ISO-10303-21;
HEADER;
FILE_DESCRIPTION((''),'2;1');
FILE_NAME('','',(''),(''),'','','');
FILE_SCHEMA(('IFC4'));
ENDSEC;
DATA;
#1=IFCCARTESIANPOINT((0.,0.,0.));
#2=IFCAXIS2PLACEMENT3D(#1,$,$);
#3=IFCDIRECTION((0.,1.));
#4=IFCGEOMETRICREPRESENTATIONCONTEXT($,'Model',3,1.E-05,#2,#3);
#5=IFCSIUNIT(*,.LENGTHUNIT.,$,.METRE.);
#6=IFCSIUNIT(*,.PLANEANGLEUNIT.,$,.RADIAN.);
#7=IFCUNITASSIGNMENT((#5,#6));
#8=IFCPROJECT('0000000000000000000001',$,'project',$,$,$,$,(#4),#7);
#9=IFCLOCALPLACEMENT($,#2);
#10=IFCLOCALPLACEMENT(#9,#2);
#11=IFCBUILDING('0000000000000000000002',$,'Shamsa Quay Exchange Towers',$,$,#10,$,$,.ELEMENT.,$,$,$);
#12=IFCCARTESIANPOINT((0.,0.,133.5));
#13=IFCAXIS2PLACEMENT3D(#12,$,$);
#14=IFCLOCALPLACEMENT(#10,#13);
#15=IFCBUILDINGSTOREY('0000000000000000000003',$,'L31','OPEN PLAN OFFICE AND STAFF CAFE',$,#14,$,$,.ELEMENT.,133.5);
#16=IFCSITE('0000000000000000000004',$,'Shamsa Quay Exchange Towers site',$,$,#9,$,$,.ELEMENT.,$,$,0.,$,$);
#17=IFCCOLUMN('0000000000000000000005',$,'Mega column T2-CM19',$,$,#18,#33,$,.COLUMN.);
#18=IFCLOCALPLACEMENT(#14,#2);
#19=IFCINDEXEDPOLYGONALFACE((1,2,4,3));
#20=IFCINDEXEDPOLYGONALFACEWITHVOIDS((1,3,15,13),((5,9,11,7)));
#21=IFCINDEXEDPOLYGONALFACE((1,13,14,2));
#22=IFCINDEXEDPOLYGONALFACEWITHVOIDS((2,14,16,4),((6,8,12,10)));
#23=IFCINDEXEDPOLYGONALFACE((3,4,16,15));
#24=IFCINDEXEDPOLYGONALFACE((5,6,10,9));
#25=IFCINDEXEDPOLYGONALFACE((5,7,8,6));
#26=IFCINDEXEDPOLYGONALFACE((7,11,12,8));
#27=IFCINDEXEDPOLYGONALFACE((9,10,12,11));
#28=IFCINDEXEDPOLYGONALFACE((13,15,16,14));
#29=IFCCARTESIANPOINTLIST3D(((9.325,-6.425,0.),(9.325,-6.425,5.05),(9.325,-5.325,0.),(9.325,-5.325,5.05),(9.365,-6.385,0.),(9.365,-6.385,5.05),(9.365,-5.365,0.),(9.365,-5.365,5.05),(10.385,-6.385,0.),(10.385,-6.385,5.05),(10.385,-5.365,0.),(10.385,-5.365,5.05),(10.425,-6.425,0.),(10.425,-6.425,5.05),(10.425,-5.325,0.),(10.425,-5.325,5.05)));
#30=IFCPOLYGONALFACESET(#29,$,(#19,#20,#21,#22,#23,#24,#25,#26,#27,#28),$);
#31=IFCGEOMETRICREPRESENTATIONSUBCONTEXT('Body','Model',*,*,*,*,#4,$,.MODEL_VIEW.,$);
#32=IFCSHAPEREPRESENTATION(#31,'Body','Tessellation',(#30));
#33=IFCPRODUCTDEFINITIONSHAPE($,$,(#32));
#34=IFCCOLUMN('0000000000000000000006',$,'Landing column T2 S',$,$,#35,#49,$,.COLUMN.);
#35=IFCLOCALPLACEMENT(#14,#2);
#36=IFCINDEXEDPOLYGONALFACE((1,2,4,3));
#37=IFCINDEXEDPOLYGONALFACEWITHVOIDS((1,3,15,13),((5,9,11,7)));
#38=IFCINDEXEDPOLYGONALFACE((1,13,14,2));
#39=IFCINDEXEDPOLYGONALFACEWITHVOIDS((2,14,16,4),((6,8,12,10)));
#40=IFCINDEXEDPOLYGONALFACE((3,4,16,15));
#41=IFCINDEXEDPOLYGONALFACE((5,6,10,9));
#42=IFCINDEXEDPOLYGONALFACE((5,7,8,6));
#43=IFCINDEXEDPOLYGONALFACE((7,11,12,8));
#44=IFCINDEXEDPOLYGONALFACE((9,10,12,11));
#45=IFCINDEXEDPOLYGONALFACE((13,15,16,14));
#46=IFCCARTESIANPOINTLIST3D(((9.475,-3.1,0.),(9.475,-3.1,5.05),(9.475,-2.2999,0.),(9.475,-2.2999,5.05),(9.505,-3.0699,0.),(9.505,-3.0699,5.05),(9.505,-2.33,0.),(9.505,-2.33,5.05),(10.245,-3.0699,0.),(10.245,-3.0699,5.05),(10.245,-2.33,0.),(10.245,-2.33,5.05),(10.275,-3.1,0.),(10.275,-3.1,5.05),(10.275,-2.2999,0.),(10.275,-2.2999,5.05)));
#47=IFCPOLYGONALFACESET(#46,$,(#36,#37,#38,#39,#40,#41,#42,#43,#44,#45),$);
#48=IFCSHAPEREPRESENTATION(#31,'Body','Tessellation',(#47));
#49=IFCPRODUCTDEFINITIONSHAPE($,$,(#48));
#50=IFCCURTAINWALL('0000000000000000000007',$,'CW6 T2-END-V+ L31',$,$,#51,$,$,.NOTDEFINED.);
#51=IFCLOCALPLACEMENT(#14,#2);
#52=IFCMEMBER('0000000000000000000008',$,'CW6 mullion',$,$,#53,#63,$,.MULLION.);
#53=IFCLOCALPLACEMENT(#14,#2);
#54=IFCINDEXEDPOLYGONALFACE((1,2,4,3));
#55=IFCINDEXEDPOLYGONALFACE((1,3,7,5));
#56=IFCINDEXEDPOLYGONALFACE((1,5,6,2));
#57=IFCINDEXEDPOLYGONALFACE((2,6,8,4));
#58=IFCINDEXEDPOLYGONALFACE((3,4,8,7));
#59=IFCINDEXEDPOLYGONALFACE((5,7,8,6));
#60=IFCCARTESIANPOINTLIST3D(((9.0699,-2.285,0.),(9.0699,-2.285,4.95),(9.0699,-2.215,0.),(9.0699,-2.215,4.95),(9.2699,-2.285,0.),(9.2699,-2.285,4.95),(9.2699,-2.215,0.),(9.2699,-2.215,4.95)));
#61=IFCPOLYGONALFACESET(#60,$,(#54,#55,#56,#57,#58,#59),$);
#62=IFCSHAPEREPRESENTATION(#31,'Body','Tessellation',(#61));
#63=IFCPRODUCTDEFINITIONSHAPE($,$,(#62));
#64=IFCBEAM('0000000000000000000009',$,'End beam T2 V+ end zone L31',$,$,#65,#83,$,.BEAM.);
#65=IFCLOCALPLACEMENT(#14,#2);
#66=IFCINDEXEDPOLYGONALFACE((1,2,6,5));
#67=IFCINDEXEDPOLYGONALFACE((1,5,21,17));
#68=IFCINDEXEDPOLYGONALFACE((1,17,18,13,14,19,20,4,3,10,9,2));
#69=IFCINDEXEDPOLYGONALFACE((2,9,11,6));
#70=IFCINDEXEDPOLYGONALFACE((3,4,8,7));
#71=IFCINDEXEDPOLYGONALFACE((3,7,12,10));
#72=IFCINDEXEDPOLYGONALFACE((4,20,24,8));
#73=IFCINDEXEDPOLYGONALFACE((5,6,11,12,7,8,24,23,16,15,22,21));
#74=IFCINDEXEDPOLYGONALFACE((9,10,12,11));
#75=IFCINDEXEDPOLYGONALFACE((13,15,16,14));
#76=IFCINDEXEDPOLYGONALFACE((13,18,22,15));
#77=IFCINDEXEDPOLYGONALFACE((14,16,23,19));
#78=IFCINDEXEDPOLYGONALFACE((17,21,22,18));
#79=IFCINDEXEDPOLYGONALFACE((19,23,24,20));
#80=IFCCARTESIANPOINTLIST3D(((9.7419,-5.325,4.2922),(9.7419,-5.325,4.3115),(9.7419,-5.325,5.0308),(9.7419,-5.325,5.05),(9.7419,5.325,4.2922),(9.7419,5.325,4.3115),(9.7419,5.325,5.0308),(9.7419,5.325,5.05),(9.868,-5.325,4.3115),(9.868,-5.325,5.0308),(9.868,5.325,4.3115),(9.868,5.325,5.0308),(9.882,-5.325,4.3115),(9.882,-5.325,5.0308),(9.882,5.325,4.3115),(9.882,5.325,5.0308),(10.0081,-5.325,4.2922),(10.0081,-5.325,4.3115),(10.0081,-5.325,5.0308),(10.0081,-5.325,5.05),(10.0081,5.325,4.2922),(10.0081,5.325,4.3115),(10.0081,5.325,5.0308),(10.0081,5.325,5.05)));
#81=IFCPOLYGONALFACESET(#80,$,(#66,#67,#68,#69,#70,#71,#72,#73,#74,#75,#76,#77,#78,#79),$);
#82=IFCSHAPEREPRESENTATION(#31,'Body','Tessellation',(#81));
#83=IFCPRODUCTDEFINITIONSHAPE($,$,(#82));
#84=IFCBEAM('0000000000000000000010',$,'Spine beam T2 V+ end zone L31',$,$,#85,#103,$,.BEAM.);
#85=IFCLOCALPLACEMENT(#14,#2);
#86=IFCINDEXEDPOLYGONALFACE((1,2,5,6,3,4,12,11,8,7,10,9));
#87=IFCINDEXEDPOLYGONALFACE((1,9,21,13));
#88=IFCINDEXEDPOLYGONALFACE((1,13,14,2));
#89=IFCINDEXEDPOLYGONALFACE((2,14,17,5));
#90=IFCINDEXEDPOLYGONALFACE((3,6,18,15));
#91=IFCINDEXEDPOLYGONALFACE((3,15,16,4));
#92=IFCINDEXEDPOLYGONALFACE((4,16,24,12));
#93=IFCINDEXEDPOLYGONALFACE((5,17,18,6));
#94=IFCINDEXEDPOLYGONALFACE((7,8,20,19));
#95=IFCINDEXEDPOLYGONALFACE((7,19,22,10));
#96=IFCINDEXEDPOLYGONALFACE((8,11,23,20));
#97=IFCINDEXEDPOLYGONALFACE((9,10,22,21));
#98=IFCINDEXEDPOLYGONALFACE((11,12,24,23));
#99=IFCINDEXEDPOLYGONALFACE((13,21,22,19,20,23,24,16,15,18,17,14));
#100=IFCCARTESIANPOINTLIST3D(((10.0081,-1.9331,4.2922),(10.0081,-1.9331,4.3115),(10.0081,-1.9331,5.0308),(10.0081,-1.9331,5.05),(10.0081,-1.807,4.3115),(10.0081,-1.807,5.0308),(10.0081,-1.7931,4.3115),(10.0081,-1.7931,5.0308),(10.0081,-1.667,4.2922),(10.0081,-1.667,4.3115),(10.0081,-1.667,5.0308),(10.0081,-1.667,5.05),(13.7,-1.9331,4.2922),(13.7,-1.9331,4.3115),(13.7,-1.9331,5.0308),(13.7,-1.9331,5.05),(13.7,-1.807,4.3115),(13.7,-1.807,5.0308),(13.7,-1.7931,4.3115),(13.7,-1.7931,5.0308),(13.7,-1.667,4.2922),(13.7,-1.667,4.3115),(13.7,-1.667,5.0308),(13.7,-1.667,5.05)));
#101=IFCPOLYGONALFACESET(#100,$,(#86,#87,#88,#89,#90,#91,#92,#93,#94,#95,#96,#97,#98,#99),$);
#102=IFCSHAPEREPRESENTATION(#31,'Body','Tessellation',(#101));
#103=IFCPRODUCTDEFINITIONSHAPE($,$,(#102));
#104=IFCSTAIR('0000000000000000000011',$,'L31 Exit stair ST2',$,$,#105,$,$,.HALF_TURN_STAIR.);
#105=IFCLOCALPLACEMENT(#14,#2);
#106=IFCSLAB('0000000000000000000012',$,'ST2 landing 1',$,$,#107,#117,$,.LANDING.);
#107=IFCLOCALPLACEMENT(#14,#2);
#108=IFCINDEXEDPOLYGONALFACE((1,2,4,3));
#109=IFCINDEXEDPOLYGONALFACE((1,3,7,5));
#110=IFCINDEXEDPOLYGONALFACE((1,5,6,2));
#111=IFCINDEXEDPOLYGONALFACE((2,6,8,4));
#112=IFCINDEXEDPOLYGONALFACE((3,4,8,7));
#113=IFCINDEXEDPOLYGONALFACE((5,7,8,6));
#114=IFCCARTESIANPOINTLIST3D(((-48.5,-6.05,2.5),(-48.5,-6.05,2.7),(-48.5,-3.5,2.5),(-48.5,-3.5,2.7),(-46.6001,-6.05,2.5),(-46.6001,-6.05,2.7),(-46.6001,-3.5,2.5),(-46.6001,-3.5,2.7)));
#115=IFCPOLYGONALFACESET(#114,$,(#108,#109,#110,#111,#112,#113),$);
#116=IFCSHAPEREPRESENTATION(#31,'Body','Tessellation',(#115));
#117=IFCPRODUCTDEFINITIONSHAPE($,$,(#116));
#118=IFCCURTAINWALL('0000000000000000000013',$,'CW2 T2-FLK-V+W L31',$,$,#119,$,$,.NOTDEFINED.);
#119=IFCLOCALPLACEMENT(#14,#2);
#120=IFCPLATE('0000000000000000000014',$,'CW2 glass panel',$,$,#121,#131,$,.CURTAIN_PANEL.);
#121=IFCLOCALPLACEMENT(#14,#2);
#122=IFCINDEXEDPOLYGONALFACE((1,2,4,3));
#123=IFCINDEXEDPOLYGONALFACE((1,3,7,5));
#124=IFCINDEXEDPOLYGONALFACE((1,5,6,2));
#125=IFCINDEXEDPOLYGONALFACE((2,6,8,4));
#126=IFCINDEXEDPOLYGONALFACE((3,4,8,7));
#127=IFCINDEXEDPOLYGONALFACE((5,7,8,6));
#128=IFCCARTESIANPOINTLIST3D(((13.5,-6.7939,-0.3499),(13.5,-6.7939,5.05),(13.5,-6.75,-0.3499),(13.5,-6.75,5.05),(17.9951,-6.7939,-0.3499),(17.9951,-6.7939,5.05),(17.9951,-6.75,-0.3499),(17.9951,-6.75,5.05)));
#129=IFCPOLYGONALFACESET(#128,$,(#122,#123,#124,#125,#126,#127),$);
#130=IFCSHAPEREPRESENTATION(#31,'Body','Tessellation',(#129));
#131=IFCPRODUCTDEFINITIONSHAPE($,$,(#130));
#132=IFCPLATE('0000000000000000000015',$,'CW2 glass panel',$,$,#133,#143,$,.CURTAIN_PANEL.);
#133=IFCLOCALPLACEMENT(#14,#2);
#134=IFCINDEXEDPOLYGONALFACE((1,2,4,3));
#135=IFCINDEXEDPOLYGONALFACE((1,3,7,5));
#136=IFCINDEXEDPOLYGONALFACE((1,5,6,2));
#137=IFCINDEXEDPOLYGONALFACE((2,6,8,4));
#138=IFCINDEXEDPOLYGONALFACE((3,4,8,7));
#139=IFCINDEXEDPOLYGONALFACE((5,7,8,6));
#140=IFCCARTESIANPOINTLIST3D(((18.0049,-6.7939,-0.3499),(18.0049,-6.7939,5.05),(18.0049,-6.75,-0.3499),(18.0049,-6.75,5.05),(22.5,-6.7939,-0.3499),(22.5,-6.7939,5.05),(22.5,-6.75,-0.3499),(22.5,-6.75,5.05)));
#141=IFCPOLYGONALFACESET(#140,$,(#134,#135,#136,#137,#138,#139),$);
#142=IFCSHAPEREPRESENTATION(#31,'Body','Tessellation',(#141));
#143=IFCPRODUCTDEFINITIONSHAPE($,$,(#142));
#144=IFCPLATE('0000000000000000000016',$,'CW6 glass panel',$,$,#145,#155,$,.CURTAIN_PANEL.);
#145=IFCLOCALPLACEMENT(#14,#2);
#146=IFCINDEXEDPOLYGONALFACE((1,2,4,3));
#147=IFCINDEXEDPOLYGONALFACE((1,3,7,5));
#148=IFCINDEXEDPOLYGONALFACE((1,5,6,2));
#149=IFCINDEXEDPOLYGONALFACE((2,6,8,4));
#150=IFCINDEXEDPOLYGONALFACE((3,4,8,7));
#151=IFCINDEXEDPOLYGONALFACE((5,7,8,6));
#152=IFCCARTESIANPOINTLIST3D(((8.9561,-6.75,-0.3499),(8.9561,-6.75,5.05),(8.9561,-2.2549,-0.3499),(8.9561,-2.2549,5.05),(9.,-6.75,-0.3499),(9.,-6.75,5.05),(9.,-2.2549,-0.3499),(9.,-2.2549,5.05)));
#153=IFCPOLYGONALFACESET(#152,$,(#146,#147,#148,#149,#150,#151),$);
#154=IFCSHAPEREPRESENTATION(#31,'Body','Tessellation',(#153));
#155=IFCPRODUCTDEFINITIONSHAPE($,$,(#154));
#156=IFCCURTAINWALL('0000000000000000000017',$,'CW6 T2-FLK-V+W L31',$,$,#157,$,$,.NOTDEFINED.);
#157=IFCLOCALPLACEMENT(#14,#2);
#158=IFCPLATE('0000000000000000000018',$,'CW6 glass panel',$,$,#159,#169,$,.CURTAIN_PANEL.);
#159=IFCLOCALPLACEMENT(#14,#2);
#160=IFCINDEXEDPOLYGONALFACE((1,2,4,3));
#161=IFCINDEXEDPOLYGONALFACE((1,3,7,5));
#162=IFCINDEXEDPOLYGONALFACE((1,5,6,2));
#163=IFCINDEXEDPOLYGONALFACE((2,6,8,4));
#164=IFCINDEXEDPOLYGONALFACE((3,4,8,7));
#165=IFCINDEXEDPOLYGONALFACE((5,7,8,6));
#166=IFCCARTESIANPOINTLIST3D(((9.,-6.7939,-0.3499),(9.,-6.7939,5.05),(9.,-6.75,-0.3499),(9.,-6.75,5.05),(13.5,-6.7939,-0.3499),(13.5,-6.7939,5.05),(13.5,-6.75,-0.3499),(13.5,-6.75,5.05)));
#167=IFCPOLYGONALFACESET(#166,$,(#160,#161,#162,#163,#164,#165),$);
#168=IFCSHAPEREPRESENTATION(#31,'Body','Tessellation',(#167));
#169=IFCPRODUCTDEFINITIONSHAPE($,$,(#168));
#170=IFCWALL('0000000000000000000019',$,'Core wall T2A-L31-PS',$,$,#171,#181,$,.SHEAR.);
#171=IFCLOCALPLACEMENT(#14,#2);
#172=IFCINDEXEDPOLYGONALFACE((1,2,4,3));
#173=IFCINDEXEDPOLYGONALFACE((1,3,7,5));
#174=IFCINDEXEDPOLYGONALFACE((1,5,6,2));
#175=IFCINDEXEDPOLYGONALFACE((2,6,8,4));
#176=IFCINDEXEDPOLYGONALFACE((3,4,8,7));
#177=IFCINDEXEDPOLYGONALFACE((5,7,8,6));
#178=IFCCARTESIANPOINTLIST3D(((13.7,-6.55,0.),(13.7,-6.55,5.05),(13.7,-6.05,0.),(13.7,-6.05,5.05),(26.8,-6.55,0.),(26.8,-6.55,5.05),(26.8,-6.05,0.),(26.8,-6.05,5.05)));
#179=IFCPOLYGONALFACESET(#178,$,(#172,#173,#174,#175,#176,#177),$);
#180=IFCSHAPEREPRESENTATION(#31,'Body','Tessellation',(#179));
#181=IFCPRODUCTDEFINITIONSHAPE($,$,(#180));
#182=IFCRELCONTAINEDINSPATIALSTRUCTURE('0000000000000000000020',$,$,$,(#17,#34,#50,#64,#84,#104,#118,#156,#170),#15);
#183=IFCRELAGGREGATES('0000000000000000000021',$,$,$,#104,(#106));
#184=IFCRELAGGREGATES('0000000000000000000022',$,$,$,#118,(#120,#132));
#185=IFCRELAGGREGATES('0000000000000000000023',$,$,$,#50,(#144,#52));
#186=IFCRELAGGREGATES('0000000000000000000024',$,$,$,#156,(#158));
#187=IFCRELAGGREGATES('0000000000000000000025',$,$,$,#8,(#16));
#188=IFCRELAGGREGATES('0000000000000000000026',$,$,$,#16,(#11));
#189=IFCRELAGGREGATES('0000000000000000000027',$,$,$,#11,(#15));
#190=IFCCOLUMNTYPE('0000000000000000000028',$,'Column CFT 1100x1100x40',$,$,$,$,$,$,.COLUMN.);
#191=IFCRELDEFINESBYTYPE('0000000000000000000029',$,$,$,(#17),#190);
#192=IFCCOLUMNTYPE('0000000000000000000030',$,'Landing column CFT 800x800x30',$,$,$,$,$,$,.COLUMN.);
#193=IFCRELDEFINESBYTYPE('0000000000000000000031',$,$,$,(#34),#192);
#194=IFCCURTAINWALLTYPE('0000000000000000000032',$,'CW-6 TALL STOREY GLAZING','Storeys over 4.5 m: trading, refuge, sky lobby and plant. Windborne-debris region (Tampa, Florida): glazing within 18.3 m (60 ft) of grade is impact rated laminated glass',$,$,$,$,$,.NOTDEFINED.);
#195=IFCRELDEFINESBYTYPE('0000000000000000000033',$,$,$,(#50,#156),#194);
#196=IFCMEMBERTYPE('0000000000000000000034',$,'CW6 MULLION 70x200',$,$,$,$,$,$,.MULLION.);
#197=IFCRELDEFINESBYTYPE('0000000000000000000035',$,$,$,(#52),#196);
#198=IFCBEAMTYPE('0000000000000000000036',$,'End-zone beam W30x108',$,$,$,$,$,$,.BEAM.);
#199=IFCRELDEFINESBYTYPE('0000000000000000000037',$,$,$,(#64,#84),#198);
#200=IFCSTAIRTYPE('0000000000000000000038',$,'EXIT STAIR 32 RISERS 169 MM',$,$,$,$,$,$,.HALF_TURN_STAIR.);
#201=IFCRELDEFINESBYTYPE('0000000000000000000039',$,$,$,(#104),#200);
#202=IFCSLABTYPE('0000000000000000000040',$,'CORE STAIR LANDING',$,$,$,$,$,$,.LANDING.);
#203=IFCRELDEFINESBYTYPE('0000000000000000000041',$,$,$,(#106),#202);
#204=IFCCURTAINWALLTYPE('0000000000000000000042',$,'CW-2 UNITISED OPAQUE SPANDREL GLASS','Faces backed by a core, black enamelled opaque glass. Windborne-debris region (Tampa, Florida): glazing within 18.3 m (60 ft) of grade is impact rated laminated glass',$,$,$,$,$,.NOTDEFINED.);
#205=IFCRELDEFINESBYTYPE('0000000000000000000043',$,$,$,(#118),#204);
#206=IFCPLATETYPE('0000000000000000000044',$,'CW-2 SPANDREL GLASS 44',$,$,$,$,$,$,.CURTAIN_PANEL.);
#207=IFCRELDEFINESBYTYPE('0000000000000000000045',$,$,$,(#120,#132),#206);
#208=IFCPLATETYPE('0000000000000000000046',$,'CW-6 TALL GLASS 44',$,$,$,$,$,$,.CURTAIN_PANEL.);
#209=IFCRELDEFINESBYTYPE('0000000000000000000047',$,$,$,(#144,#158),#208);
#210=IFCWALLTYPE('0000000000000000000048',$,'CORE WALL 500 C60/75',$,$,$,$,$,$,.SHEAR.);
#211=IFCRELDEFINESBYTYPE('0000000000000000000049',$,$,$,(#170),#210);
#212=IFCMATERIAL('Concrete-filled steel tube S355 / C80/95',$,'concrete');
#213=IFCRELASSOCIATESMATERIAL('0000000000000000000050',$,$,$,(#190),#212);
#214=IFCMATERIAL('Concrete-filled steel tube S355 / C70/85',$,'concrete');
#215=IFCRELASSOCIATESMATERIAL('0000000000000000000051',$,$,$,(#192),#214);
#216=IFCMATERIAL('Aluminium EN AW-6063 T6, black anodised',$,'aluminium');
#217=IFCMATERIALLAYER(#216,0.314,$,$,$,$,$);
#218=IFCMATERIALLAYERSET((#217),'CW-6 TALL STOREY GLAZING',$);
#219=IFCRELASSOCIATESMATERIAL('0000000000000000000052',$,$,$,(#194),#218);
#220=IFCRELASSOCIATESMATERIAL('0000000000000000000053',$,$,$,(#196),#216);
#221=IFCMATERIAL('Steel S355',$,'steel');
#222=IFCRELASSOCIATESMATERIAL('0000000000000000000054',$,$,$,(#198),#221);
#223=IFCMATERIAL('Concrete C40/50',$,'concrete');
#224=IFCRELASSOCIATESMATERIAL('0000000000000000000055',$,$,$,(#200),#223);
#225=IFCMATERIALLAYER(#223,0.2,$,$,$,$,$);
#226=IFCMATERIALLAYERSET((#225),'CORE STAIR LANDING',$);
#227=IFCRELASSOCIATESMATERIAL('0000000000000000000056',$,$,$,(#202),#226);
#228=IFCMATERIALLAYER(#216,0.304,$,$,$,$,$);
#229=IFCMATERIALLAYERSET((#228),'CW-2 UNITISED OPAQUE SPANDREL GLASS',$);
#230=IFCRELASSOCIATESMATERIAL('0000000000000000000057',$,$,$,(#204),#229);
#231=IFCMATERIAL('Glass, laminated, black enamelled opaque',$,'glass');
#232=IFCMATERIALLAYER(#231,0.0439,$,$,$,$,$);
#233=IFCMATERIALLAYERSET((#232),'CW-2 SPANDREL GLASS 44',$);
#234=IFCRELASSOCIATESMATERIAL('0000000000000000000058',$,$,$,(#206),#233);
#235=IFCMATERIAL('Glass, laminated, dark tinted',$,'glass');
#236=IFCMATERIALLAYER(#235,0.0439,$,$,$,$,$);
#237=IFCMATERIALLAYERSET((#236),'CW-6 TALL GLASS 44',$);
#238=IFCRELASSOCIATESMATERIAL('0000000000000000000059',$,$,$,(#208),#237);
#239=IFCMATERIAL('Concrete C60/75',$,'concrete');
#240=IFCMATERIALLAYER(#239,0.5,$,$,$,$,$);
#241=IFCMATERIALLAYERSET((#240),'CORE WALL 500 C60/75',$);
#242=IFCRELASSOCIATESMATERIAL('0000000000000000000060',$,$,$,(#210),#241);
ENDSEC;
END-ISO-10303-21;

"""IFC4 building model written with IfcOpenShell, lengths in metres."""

from ifc_helpers import new_model, si_unit, direction, frame, frame_2d, origin, origin_2d, place, context, subcontext, project, spatial, polyline, rectangle, hollow_rectangle, i_section, outline, extrude, material, layer, layer_set, material_profile, profile_set, type_object, element, aggregate, save


model = new_model("IFC4")

# Units and contexts
model_context = context("Model", 3, precision=1e-05, world=origin(), true_north=direction((0.0, 1.0)))
body_context = subcontext(model_context, "Body", "Model", "MODEL_VIEW")
ifc_project = project(units=[si_unit("LENGTHUNIT", "METRE"), si_unit("PLANEANGLEUNIT", "RADIAN")], contexts=[model_context])

# Site, building, storey
site_placement = place(None, origin())
site = spatial("IfcSite", under=ifc_project, at=site_placement, Name="Shamsa Quay Exchange Towers site", CompositionType="ELEMENT", RefElevation=0.0)
building_placement = place(site_placement, origin())
building = spatial("IfcBuilding", under=site, at=building_placement, Name="Shamsa Quay Exchange Towers", CompositionType="ELEMENT")
storey_placement = place(building_placement, frame((0.0, 0.0, 133.5)))
storey = spatial("IfcBuildingStorey", under=building, at=storey_placement, Name="L31", Description="OPEN PLAN OFFICE AND STAFF CAFE", CompositionType="ELEMENT", Elevation=133.5)

# Columns
ifc_material_1 = material(Name="Concrete-filled steel tube S355 / C80/95", Category="concrete")
ifc_material_profile_1 = material_profile(ifc_material_1, hollow_rectangle(XDim=1.1001, YDim=1.1001, WallThickness=0.04, at=origin_2d()), Name="CFT 1100x1100x40")
ifc_profile_set_1 = profile_set([ifc_material_profile_1], Name="Concrete-filled steel tube S355 / C80/95")
column_type_1 = type_object("IfcColumnType", Name="Column CFT 1100x1100x40", PredefinedType="COLUMN", material=ifc_profile_set_1)
column_1_placement = place(storey_placement, frame((9.875, -5.875, 0.0)))
element("IfcColumn", 1, at=column_1_placement, inside=storey, type_object=column_type_1, Name="Mega column T2-CM19", PredefinedType="COLUMN", context=body_context, shape_type="SweptSolid", body=[
    extrude(hollow_rectangle(XDim=1.1001, YDim=1.1001, WallThickness=0.04, at=origin_2d()), origin(), (0.0, 0.0, 1.0), 5.05),
])
ifc_material_2 = material(Name="Concrete-filled steel tube S355 / C70/85", Category="concrete")
ifc_material_profile_2 = material_profile(ifc_material_2, hollow_rectangle(XDim=0.8, YDim=0.8, WallThickness=0.03, at=origin_2d()), Name="CFT 800x800x30")
ifc_profile_set_2 = profile_set([ifc_material_profile_2], Name="Concrete-filled steel tube S355 / C70/85")
column_type_2 = type_object("IfcColumnType", Name="Landing column CFT 800x800x30", PredefinedType="COLUMN", material=ifc_profile_set_2)
column_2_placement = place(storey_placement, frame((9.875, -2.7, 0.0)))
element("IfcColumn", 2, at=column_2_placement, inside=storey, type_object=column_type_2, Name="Landing column T2 S", PredefinedType="COLUMN", context=body_context, shape_type="SweptSolid", body=[
    extrude(hollow_rectangle(XDim=0.8, YDim=0.8, WallThickness=0.03, at=origin_2d()), origin(), (0.0, 0.0, 1.0), 5.05),
])

# Curtain wall, member
ifc_material_3 = material(Name="Aluminium EN AW-6063 T6, black anodised", Category="aluminium")
ifc_layer_1 = layer(ifc_material_3, 0.314)
ifc_layer_set_1 = layer_set([ifc_layer_1], Name="CW-6 TALL STOREY GLAZING")
curtain_wall_type_1 = type_object("IfcCurtainWallType", Name="CW-6 TALL STOREY GLAZING", Description="Storeys over 4.5 m: trading, refuge, sky lobby and plant. Windborne-debris region (Tampa, Florida): glazing within 18.3 m (60 ft) of grade is impact rated laminated glass", PredefinedType="NOTDEFINED", material=ifc_layer_set_1)
curtain_wall_1_placement = place(storey_placement, origin())
curtain_wall_1 = element("IfcCurtainWall", 3, at=curtain_wall_1_placement, inside=storey, type_object=curtain_wall_type_1, Name="CW6 T2-END-V+ L31", PredefinedType="NOTDEFINED")
ifc_material_profile_3 = material_profile(ifc_material_3, rectangle(XDim=0.2, YDim=0.0701, at=origin_2d()), Name="MU70x200")
ifc_profile_set_3 = profile_set([ifc_material_profile_3], Name="Aluminium EN AW-6063 T6, black anodised")
member_type = type_object("IfcMemberType", Name="CW6 MULLION 70x200", PredefinedType="MULLION", material=ifc_profile_set_3)
member_placement = place(storey_placement, frame((9.1699, -2.25, 0.0)))
member = element("IfcMember", 4, at=member_placement, type_object=member_type, Name="CW6 mullion", PredefinedType="MULLION", context=body_context, shape_type="SweptSolid", body=[
    extrude(rectangle(XDim=0.2, YDim=0.0701, at=origin_2d()), origin(), (0.0, 0.0, 1.0), 4.95),
])

# Beams
ifc_material_4 = material(Name="Steel S355", Category="steel")
ifc_material_profile_4 = material_profile(ifc_material_4, i_section(OverallWidth=0.2661, OverallDepth=0.7578, WebThickness=0.0139, FlangeThickness=0.0193, at=origin_2d()), Name="W30x108")
ifc_profile_set_4 = profile_set([ifc_material_profile_4], Name="Steel S355")
beam_type = type_object("IfcBeamType", Name="End-zone beam W30x108", PredefinedType="BEAM", material=ifc_profile_set_4)
beam_1_placement = place(storey_placement, frame((9.875, -5.325, 4.6711), z_axis=(0.0, 1.0, 0.0), x_axis=(-1.0, 0.0, 0.0)))
element("IfcBeam", 5, at=beam_1_placement, inside=storey, type_object=beam_type, Name="End beam T2 V+ end zone L31", PredefinedType="BEAM", context=body_context, shape_type="SweptSolid", body=[
    extrude(i_section(OverallWidth=0.2661, OverallDepth=0.7578, WebThickness=0.0139, FlangeThickness=0.0193, at=origin_2d()), origin(), (0.0, 0.0, 1.0), 10.6499),
])
beam_2_placement = place(storey_placement, frame((13.7, -1.8, 4.6711), z_axis=(-1.0, 0.0, 0.0), x_axis=(0.0, -1.0, 0.0)))
element("IfcBeam", 6, at=beam_2_placement, inside=storey, type_object=beam_type, Name="Spine beam T2 V+ end zone L31", PredefinedType="BEAM", context=body_context, shape_type="SweptSolid", body=[
    extrude(i_section(OverallWidth=0.2661, OverallDepth=0.7578, WebThickness=0.0139, FlangeThickness=0.0193, at=origin_2d()), origin(), (0.0, 0.0, 1.0), 3.6919),
])

# Stair, slab
ifc_material_5 = material(Name="Concrete C40/50", Category="concrete")
stair_type = type_object("IfcStairType", Name="EXIT STAIR 32 RISERS 169 MM", PredefinedType="HALF_TURN_STAIR", material=ifc_material_5)
stair_1_placement = place(storey_placement, origin())
stair_1 = element("IfcStair", 7, at=stair_1_placement, inside=storey, type_object=stair_type, Name="L31 Exit stair ST2", PredefinedType="HALF_TURN_STAIR")
ifc_layer_2 = layer(ifc_material_5, 0.2)
ifc_layer_set_2 = layer_set([ifc_layer_2], Name="CORE STAIR LANDING")
slab_type = type_object("IfcSlabType", Name="CORE STAIR LANDING", PredefinedType="LANDING", material=ifc_layer_set_2)
slab_placement = place(storey_placement, frame((0.0, 0.0, 2.5)))
slab = element("IfcSlab", 8, at=slab_placement, type_object=slab_type, Name="ST2 landing 1", PredefinedType="LANDING", context=body_context, shape_type="SweptSolid", body=[
    extrude(outline(polyline([(-46.6001, -3.5), (-48.5, -3.5), (-48.5, -6.05), (-46.6001, -6.05), (-46.6001, -3.5)])), origin(), (0.0, 0.0, 1.0), 0.2),
])
aggregate(stair_1, [slab])

# Curtain wall, plates
ifc_layer_3 = layer(ifc_material_3, 0.304)
ifc_layer_set_3 = layer_set([ifc_layer_3], Name="CW-2 UNITISED OPAQUE SPANDREL GLASS")
curtain_wall_type_2 = type_object("IfcCurtainWallType", Name="CW-2 UNITISED OPAQUE SPANDREL GLASS", Description="Faces backed by a core, black enamelled opaque glass. Windborne-debris region (Tampa, Florida): glazing within 18.3 m (60 ft) of grade is impact rated laminated glass", PredefinedType="NOTDEFINED", material=ifc_layer_set_3)
curtain_wall_2_placement = place(storey_placement, origin())
curtain_wall_2 = element("IfcCurtainWall", 9, at=curtain_wall_2_placement, inside=storey, type_object=curtain_wall_type_2, Name="CW2 T2-FLK-V+W L31", PredefinedType="NOTDEFINED")
ifc_material_6 = material(Name="Glass, laminated, black enamelled opaque", Category="glass")
ifc_layer_4 = layer(ifc_material_6, 0.0439)
ifc_layer_set_4 = layer_set([ifc_layer_4], Name="CW-2 SPANDREL GLASS 44")
plate_type_1 = type_object("IfcPlateType", Name="CW-2 SPANDREL GLASS 44", PredefinedType="CURTAIN_PANEL", material=ifc_layer_set_4)
plate_1_placement = place(storey_placement, frame((15.7476, -6.772, -0.3499)))
plate_1 = element("IfcPlate", 10, at=plate_1_placement, type_object=plate_type_1, Name="CW2 glass panel", PredefinedType="CURTAIN_PANEL", context=body_context, shape_type="SweptSolid", body=[
    extrude(rectangle(XDim=4.4951, YDim=0.0439, at=origin_2d()), origin(), (0.0, 0.0, 1.0), 5.3999),
])
plate_2_placement = place(storey_placement, frame((20.2524, -6.772, -0.3499)))
plate_2 = element("IfcPlate", 11, at=plate_2_placement, type_object=plate_type_1, Name="CW2 glass panel", PredefinedType="CURTAIN_PANEL", context=body_context, shape_type="SweptSolid", body=[
    extrude(rectangle(XDim=4.4951, YDim=0.0439, at=origin_2d()), origin(), (0.0, 0.0, 1.0), 5.3999),
])
aggregate(curtain_wall_2, [plate_1, plate_2])

# Plate
ifc_material_7 = material(Name="Glass, laminated, dark tinted", Category="glass")
ifc_layer_5 = layer(ifc_material_7, 0.0439)
ifc_layer_set_5 = layer_set([ifc_layer_5], Name="CW-6 TALL GLASS 44")
plate_type_2 = type_object("IfcPlateType", Name="CW-6 TALL GLASS 44", PredefinedType="CURTAIN_PANEL", material=ifc_layer_set_5)
plate_3_placement = place(storey_placement, frame((8.978, -4.5024, -0.3499), z_axis=(0.0, 0.0, 1.0), x_axis=(0.0, -1.0, 0.0)))
plate_3 = element("IfcPlate", 12, at=plate_3_placement, type_object=plate_type_2, Name="CW6 glass panel", PredefinedType="CURTAIN_PANEL", context=body_context, shape_type="SweptSolid", body=[
    extrude(rectangle(XDim=4.4951, YDim=0.0439, at=origin_2d()), origin(), (0.0, 0.0, 1.0), 5.3999),
])
aggregate(curtain_wall_1, [plate_3, member])

# Curtain wall, plate
curtain_wall_3_placement = place(storey_placement, origin())
curtain_wall_3 = element("IfcCurtainWall", 13, at=curtain_wall_3_placement, inside=storey, type_object=curtain_wall_type_1, Name="CW6 T2-FLK-V+W L31", PredefinedType="NOTDEFINED")
plate_4_placement = place(storey_placement, frame((11.25, -6.772, -0.3499)))
plate_4 = element("IfcPlate", 14, at=plate_4_placement, type_object=plate_type_2, Name="CW6 glass panel", PredefinedType="CURTAIN_PANEL", context=body_context, shape_type="SweptSolid", body=[
    extrude(rectangle(XDim=4.5, YDim=0.0439, at=origin_2d()), origin(), (0.0, 0.0, 1.0), 5.3999),
])
aggregate(curtain_wall_3, [plate_4])

# Wall
ifc_material_8 = material(Name="Concrete C60/75", Category="concrete")
ifc_layer_6 = layer(ifc_material_8, 0.5)
ifc_layer_set_6 = layer_set([ifc_layer_6], Name="CORE WALL 500 C60/75")
wall_type_1 = type_object("IfcWallType", Name="CORE WALL 500 C60/75", PredefinedType="SHEAR", material=ifc_layer_set_6)
wall_1_placement = place(storey_placement, frame((13.7, -6.3, 0.0)))
element("IfcWall", 15, at=wall_1_placement, inside=storey, type_object=wall_type_1, Name="Core wall T2A-L31-PS", PredefinedType="SHEAR", context=body_context, shape_type="SweptSolid", body=[
    extrude(rectangle(XDim=13.1001, YDim=0.5, at=frame_2d((6.55, 0.0))), origin(), (0.0, 0.0, 1.0), 5.05),
])

save(model, "model.ifc")
